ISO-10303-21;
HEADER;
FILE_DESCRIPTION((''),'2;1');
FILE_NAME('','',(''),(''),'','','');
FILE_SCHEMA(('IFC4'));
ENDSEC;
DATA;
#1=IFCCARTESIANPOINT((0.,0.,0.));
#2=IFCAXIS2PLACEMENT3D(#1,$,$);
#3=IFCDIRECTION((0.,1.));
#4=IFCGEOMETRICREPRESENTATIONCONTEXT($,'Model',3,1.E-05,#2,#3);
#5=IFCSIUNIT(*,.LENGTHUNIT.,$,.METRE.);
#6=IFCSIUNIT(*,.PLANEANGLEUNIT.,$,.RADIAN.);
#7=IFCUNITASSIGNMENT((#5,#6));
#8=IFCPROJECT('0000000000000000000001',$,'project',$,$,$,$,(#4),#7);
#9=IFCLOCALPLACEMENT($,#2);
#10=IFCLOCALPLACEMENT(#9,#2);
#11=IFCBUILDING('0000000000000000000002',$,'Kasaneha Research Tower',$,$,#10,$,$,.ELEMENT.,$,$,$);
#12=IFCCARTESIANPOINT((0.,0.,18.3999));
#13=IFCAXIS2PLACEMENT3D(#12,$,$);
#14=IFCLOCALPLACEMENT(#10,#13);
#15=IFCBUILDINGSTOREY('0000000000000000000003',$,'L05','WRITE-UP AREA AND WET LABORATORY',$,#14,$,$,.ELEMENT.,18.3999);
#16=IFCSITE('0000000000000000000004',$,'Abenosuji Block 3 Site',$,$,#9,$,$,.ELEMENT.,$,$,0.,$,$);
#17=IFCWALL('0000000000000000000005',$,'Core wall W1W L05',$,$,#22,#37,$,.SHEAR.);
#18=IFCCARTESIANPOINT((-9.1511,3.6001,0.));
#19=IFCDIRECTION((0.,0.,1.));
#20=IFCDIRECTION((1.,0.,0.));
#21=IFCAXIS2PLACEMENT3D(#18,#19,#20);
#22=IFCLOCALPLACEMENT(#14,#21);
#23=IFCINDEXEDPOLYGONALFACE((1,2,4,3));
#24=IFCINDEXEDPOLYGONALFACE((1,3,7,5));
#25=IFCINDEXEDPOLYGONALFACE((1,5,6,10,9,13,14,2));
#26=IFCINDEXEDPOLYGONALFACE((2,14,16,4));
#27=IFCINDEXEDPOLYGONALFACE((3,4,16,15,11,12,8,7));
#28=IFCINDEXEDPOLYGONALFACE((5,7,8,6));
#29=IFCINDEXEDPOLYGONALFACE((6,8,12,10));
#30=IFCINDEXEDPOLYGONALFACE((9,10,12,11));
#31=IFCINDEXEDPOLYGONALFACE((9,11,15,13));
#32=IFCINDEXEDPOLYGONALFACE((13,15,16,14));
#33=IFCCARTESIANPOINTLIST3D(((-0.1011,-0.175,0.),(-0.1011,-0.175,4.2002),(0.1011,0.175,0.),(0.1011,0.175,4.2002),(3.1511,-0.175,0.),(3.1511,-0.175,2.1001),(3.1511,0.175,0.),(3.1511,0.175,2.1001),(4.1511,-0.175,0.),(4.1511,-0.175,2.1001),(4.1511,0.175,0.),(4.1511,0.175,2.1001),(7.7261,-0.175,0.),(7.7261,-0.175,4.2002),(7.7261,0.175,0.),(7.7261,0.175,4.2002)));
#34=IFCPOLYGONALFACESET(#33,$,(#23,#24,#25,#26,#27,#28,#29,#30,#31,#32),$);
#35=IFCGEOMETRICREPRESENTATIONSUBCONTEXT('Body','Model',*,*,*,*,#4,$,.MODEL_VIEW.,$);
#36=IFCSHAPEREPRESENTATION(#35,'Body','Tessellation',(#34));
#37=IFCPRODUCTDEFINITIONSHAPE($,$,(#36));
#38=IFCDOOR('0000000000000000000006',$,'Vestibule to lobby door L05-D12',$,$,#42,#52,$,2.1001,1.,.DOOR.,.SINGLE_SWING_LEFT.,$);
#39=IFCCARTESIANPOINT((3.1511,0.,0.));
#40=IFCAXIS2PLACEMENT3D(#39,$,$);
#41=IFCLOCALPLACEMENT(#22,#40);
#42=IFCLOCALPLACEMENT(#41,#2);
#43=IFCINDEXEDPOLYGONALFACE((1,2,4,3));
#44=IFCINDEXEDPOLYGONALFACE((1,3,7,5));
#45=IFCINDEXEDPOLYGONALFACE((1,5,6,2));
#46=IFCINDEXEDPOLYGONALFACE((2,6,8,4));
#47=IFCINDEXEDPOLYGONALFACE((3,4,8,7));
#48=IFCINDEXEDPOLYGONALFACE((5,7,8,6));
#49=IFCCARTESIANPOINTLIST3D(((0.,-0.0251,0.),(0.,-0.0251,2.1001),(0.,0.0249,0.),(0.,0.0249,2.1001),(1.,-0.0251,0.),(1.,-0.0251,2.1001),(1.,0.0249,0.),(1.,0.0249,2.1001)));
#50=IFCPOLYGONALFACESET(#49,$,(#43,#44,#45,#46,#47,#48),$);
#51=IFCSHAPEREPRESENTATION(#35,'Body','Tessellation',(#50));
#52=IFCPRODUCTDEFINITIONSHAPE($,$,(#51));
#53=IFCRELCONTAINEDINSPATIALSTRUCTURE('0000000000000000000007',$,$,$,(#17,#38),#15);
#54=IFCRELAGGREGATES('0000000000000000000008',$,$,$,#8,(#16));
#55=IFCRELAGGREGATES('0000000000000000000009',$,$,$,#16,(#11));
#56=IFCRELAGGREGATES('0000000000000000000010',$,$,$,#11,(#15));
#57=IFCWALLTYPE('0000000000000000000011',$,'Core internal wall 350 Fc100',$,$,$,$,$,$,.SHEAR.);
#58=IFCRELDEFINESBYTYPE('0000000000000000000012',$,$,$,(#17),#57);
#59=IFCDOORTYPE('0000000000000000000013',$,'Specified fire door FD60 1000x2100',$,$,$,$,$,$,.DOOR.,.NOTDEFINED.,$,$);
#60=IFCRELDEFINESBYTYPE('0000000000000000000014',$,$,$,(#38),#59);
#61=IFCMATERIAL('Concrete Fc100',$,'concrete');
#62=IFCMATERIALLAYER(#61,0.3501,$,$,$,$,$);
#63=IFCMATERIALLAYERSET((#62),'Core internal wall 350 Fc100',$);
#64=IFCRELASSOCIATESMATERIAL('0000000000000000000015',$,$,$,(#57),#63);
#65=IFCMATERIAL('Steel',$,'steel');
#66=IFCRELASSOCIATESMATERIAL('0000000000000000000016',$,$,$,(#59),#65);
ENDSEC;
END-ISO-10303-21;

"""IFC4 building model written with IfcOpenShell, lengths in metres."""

from ifc_helpers import new_model, si_unit, direction, frame, frame_2d, origin, place, context, subcontext, project, spatial, polyline, rectangle, outline, extrude, material, layer, layer_set, type_object, element, fill, save


model = new_model("IFC4")

# Units and contexts
model_context = context("Model", 3, precision=1e-05, world=origin(), true_north=direction((0.0, 1.0)))
body_context = subcontext(model_context, "Body", "Model", "MODEL_VIEW")
ifc_project = project(units=[si_unit("LENGTHUNIT", "METRE"), si_unit("PLANEANGLEUNIT", "RADIAN")], contexts=[model_context])

# Site, building, storey
site_placement = place(None, origin())
site = spatial("IfcSite", under=ifc_project, at=site_placement, Name="Abenosuji Block 3 Site", CompositionType="ELEMENT", RefElevation=0.0)
building_placement = place(site_placement, origin())
building = spatial("IfcBuilding", under=site, at=building_placement, Name="Kasaneha Research Tower", CompositionType="ELEMENT")
storey_placement = place(building_placement, frame((0.0, 0.0, 18.3999)))
storey = spatial("IfcBuildingStorey", under=building, at=storey_placement, Name="L05", Description="WRITE-UP AREA AND WET LABORATORY", CompositionType="ELEMENT", Elevation=18.3999)

# Wall, opening, door
ifc_material_1 = material(Name="Concrete Fc100", Category="concrete")
ifc_layer_1 = layer(ifc_material_1, 0.3501)
ifc_layer_set_1 = layer_set([ifc_layer_1], Name="Core internal wall 350 Fc100")
wall_type_1 = type_object("IfcWallType", Name="Core internal wall 350 Fc100", PredefinedType="SHEAR", material=ifc_layer_set_1)
wall_1_placement = place(storey_placement, frame((-9.1511, 3.6001, 0.0), z_axis=(0.0, 0.0, 1.0), x_axis=(1.0, 0.0, 0.0)))
wall_1 = element("IfcWall", 1, at=wall_1_placement, inside=storey, type_object=wall_type_1, Name="Core wall W1W L05", PredefinedType="SHEAR", context=body_context, shape_type="SweptSolid", body=[
    extrude(outline(polyline([(-0.1011, -0.175), (3.1511, -0.175), (4.1511, -0.175), (7.7261, -0.175), (7.7261, 0.175), (4.1511, 0.175), (3.1511, 0.175), (0.1011, 0.175), (-0.1011, -0.175)])), origin(), (0.0, 0.0, 1.0), 4.2002),
])
opening_1_placement = place(wall_1_placement, frame((3.1511, 0.0, 0.0)))
opening_1 = element("IfcOpeningElement", 2, at=opening_1_placement, cuts=wall_1, PredefinedType="OPENING", context=body_context, shape_type="SweptSolid", body=[
    extrude(rectangle(XDim=1.0, YDim=2.1001, at=frame_2d((0.5, 1.05))), frame((0.0, 0.1851, 0.0), z_axis=(0.0, -1.0, 0.0), x_axis=(1.0, 0.0, 0.0)), (0.0, 0.0, 1.0), 0.3701),
])
ifc_material_2 = material(Name="Steel", Category="steel")
door_type_1 = type_object("IfcDoorType", Name="Specified fire door FD60 1000x2100", OperationType="NOTDEFINED", PredefinedType="DOOR", material=ifc_material_2)
door_1_placement = place(opening_1_placement, origin())
door_1 = element("IfcDoor", 3, at=door_1_placement, inside=storey, type_object=door_type_1, Name="Vestibule to lobby door L05-D12", OperationType="SINGLE_SWING_LEFT", OverallHeight=2.1001, OverallWidth=1.0, PredefinedType="DOOR", context=body_context, shape_type="SweptSolid", body=[
    extrude(rectangle(XDim=1.0, YDim=2.1001, at=frame_2d((0.5, 1.05))), frame((0.0, 0.0249, 0.0), z_axis=(0.0, -1.0, 0.0), x_axis=(1.0, 0.0, 0.0)), (0.0, 0.0, 1.0), 0.05),
])
fill(opening_1, door_1)

save(model, "model.ifc")
